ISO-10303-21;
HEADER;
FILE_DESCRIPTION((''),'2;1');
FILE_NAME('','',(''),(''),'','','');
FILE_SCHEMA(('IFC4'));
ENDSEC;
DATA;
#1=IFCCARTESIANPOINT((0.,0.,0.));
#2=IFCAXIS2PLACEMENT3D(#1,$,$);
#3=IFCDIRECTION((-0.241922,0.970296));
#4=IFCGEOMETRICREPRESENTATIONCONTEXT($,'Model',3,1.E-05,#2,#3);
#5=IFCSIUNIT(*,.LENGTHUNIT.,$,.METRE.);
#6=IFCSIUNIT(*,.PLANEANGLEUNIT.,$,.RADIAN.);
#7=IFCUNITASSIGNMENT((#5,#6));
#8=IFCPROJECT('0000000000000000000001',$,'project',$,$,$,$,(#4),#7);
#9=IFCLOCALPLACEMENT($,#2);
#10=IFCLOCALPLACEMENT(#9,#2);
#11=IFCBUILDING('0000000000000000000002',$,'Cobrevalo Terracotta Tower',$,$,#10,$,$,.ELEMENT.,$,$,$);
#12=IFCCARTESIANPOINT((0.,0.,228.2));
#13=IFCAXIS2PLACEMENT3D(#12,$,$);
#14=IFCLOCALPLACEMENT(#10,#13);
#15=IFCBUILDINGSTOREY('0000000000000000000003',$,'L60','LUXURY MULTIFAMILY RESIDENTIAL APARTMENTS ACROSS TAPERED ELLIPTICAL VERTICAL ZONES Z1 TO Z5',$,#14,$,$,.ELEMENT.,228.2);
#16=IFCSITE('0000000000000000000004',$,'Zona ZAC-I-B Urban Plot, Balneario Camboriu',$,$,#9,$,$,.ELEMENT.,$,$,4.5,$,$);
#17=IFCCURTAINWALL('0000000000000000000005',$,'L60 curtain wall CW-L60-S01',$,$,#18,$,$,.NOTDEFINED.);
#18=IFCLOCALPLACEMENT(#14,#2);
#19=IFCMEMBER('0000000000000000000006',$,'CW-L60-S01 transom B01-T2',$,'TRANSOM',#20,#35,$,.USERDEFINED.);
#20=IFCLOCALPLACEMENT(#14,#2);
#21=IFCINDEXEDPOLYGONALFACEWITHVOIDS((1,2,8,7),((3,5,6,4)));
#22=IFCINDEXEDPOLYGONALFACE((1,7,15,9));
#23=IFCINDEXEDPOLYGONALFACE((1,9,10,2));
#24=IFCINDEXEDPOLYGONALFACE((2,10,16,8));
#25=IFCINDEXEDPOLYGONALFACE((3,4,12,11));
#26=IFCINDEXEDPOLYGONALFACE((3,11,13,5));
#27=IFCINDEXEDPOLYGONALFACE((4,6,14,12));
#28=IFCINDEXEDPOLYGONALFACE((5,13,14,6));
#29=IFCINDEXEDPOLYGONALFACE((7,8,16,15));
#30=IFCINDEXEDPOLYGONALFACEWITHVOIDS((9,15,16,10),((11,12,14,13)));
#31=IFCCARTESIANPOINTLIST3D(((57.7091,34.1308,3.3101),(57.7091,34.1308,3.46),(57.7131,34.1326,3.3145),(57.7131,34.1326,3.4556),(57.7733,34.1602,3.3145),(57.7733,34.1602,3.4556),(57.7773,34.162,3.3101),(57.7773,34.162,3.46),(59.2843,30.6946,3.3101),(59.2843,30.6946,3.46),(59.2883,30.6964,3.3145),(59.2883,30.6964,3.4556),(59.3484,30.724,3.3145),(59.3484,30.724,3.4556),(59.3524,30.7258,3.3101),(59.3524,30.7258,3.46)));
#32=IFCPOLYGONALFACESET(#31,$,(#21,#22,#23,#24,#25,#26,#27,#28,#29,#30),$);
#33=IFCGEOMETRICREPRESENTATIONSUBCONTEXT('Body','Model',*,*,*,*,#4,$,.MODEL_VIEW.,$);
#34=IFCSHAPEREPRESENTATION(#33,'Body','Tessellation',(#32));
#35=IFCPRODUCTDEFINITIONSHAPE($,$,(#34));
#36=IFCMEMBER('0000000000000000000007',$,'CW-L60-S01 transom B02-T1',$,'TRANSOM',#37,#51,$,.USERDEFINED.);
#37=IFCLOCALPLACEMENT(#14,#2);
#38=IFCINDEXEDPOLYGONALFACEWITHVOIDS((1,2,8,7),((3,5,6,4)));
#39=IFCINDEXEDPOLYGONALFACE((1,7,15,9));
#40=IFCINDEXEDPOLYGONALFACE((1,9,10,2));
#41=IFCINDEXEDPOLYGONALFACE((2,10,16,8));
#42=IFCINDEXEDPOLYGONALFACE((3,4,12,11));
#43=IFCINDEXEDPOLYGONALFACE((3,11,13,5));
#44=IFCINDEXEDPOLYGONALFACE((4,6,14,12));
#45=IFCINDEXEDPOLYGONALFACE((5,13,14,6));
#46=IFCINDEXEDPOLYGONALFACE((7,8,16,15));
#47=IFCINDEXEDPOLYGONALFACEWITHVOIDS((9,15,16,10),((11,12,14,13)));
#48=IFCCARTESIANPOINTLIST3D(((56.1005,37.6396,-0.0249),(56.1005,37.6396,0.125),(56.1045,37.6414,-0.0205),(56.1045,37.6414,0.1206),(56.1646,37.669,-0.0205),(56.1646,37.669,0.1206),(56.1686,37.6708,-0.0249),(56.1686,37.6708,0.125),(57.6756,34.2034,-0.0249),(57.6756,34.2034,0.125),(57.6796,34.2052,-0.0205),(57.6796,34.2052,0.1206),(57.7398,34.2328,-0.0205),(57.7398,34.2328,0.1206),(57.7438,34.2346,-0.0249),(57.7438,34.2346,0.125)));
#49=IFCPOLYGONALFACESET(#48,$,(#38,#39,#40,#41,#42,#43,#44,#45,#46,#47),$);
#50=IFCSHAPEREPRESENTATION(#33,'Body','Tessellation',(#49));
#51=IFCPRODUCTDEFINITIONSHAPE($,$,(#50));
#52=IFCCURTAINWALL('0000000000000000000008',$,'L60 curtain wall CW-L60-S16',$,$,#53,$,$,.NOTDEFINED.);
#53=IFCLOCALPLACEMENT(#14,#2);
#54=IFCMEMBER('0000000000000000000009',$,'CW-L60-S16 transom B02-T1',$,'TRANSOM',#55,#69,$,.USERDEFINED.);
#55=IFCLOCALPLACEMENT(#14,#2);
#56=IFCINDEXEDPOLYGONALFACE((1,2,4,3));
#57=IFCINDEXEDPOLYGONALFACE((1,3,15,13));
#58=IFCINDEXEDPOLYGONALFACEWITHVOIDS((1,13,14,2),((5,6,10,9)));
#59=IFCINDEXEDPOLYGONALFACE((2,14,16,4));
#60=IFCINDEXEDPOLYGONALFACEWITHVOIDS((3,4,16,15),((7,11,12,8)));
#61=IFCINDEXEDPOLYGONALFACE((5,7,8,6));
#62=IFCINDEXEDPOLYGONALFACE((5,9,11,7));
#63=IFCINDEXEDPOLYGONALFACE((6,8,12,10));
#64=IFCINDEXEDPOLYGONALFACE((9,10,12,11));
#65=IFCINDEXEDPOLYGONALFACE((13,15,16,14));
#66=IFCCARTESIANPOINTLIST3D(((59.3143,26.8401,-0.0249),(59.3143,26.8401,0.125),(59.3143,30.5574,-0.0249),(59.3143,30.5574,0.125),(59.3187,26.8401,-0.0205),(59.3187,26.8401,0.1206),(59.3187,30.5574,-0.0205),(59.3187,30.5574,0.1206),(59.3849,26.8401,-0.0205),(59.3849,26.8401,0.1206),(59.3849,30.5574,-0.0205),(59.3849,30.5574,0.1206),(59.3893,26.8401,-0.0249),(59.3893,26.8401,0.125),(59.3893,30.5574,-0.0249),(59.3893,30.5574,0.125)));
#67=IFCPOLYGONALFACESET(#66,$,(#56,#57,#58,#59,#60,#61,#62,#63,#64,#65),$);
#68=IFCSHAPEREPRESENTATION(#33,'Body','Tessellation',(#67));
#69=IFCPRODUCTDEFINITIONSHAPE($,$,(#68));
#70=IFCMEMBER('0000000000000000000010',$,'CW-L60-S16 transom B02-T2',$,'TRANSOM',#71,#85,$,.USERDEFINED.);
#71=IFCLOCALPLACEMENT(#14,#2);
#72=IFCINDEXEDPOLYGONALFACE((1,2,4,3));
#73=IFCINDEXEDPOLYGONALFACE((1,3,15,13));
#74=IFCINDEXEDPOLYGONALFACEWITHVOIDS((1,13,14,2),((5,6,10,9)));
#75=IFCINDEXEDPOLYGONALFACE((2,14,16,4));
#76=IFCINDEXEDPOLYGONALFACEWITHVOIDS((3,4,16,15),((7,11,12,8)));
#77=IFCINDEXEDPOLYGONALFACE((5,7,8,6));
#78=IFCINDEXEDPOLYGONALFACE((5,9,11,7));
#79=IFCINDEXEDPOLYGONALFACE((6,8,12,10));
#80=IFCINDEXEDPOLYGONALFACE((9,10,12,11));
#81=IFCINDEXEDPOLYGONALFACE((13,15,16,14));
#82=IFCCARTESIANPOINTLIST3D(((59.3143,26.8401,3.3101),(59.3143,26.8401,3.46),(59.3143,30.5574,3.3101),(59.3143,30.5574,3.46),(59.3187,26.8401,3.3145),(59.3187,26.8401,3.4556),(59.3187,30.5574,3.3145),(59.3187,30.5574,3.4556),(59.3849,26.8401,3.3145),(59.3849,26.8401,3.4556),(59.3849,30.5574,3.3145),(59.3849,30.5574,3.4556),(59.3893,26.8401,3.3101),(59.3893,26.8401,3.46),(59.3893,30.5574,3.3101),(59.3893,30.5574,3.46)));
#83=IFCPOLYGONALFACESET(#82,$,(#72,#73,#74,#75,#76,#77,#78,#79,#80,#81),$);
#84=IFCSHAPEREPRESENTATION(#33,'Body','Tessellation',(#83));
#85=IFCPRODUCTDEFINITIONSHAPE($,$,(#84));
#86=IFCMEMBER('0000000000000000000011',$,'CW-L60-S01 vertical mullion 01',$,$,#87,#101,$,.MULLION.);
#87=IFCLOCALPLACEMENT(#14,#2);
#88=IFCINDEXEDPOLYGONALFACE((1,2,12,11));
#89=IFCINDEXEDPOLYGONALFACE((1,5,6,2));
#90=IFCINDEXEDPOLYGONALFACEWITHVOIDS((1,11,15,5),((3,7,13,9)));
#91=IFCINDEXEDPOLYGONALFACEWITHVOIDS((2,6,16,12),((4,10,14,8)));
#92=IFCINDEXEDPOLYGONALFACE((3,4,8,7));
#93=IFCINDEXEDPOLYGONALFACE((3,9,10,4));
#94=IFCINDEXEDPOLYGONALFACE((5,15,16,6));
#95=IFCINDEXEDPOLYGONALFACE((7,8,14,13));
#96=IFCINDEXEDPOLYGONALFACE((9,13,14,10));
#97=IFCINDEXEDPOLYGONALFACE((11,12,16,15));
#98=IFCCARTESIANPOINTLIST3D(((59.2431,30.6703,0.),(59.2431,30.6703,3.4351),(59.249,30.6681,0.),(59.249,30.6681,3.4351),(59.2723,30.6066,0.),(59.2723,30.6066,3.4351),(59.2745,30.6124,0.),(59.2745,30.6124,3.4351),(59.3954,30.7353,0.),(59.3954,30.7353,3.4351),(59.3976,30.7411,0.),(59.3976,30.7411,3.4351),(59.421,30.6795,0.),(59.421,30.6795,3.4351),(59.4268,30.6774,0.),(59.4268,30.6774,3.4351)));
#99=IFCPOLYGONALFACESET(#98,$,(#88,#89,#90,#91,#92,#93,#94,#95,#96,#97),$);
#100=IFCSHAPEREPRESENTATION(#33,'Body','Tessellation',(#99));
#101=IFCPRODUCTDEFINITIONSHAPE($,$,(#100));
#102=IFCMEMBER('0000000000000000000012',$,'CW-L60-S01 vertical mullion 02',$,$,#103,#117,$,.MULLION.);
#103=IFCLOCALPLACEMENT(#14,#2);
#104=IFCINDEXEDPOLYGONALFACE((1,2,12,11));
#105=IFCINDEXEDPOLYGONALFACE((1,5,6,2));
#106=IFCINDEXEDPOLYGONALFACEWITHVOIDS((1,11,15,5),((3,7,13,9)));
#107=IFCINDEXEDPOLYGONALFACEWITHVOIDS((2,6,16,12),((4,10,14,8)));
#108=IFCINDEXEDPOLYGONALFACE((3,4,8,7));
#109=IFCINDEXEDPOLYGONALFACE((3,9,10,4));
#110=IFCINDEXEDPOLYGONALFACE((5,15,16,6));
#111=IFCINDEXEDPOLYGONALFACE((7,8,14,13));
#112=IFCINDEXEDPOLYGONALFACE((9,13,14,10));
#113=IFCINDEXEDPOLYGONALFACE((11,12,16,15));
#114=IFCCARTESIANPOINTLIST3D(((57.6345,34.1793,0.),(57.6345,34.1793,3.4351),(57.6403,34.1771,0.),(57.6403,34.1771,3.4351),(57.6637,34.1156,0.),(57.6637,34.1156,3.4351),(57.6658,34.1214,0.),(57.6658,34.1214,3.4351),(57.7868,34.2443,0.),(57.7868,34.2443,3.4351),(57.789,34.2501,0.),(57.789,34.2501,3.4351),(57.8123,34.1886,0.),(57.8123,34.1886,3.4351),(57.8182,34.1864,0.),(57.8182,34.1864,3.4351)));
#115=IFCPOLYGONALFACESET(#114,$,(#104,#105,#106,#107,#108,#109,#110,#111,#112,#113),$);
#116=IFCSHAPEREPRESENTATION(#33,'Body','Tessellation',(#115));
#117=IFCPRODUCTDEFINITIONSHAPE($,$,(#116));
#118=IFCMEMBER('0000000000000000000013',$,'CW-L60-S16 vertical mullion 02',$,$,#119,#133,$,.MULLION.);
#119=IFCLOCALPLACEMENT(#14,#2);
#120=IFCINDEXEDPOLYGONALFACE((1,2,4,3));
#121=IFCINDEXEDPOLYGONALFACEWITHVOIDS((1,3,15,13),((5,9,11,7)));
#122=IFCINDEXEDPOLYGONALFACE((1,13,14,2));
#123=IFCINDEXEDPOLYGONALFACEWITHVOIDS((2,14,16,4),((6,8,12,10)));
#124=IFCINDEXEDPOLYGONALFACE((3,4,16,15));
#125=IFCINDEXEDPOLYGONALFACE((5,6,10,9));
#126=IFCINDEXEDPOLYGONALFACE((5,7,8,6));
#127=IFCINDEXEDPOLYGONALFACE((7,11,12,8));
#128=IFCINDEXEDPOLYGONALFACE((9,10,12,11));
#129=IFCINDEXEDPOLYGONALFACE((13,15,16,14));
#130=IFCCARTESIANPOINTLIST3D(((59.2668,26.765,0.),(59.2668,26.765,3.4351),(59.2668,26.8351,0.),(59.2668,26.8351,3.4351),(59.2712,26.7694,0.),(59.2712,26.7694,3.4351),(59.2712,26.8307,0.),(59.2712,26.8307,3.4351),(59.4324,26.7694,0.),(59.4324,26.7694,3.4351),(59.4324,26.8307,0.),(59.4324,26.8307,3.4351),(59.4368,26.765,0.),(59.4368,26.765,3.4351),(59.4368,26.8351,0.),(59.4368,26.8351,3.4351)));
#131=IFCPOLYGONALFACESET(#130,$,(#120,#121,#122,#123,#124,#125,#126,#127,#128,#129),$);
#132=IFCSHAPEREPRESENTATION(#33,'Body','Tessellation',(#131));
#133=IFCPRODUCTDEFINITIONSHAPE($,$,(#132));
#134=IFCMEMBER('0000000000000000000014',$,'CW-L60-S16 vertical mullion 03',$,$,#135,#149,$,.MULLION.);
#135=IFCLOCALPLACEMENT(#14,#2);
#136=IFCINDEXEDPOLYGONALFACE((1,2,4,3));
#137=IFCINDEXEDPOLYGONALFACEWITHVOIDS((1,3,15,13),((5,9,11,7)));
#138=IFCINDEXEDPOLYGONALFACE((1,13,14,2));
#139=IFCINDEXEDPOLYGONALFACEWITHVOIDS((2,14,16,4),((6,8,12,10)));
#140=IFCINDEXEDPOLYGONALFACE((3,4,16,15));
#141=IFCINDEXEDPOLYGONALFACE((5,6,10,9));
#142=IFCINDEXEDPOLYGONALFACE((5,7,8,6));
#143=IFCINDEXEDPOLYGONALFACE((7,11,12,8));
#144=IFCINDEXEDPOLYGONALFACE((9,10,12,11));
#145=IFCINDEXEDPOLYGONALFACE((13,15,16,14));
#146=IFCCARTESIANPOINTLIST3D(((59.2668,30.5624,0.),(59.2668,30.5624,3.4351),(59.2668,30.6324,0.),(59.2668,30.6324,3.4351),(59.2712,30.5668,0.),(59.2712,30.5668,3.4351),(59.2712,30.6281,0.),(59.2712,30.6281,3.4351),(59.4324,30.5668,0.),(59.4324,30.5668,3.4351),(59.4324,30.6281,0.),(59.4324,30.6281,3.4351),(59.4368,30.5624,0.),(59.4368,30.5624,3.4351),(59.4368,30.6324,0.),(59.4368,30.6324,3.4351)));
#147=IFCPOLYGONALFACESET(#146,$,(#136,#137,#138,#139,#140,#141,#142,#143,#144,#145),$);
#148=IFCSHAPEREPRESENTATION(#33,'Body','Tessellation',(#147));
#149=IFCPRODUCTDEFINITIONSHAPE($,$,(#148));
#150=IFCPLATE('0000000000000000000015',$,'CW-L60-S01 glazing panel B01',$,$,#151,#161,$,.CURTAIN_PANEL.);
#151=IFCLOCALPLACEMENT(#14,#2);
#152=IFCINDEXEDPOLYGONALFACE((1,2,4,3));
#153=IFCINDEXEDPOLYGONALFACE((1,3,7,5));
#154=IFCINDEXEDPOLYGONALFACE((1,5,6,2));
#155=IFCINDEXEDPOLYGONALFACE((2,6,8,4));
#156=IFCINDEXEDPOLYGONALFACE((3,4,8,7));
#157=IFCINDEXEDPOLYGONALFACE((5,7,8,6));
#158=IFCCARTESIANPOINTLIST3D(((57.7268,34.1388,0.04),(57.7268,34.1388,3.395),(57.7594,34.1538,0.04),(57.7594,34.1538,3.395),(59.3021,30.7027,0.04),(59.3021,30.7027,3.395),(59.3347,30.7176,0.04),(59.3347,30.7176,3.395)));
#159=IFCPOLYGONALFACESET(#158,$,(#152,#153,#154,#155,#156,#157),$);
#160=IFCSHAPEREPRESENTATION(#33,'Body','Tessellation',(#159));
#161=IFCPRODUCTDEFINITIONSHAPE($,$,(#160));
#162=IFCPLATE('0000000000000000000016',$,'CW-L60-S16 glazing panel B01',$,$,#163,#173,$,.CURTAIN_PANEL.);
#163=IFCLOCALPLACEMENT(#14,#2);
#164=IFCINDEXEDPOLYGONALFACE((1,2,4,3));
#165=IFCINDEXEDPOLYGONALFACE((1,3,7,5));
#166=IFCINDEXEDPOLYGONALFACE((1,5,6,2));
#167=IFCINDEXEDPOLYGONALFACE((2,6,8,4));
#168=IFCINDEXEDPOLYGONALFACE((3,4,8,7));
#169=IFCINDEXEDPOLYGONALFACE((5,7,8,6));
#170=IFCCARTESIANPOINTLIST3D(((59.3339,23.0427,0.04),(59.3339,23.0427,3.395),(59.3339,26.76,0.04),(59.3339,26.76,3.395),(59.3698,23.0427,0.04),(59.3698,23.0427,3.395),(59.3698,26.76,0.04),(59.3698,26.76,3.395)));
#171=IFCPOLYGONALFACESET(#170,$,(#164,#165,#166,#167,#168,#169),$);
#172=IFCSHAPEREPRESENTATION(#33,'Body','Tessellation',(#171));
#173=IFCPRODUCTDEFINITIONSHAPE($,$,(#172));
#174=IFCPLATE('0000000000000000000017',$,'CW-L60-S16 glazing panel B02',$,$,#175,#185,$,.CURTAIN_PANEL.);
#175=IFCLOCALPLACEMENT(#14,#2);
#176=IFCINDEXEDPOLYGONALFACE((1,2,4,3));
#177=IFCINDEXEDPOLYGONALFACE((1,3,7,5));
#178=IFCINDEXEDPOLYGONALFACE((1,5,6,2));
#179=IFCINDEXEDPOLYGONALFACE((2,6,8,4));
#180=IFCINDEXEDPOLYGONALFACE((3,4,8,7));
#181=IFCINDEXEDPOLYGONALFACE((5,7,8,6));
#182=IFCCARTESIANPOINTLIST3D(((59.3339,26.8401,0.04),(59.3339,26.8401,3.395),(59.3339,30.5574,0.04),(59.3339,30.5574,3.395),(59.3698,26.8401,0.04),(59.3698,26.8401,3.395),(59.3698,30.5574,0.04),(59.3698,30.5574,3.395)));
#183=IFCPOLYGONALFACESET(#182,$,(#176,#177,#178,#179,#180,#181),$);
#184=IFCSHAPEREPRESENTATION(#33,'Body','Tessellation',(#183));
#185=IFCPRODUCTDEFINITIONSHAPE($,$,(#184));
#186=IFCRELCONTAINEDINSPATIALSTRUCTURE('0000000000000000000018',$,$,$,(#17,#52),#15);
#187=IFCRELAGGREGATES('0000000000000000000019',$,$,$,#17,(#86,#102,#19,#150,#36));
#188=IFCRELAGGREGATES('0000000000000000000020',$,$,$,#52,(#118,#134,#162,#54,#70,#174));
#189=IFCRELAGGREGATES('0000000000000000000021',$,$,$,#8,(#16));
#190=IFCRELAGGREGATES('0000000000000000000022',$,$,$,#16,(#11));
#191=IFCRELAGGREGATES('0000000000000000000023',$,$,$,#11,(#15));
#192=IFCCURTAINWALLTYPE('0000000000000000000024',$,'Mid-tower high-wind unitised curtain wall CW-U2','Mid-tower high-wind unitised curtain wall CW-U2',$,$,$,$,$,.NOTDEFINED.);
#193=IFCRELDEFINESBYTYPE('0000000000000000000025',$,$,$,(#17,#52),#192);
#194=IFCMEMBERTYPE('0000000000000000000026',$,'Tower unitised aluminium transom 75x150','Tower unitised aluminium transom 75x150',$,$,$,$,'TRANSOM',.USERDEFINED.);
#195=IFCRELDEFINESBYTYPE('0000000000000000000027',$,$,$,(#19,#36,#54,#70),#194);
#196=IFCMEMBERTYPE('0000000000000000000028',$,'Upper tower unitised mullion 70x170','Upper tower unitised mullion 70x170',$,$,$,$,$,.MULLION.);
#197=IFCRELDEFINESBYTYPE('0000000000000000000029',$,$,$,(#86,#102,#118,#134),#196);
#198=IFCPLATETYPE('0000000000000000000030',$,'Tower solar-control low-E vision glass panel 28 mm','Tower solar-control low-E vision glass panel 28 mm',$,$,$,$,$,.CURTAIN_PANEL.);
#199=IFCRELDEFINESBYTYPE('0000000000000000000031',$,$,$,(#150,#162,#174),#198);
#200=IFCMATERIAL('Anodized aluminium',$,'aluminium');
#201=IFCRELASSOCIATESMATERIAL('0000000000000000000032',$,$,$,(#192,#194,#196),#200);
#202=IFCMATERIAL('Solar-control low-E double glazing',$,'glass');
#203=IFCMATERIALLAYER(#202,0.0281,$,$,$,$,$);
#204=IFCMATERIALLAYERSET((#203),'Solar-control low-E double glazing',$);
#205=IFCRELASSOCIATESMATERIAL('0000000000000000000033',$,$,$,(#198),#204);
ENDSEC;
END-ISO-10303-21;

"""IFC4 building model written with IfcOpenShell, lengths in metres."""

from ifc_helpers import new_model, si_unit, direction, frame, origin, origin_2d, place, context, subcontext, project, spatial, rectangle, hollow_rectangle, extrude, source, transform, mapped, material, layer, layer_set, material_profile, profile_set, type_object, element, aggregate, save


model = new_model("IFC4")

# Units and contexts
model_context = context("Model", 3, precision=1e-05, world=origin(), true_north=direction((-0.241922, 0.970296)))
body_context = subcontext(model_context, "Body", "Model", "MODEL_VIEW")
ifc_project = project(units=[si_unit("LENGTHUNIT", "METRE"), si_unit("PLANEANGLEUNIT", "RADIAN")], contexts=[model_context])

# Site, building, storey
site_placement = place(None, origin())
site = spatial("IfcSite", under=ifc_project, at=site_placement, Name="Zona ZAC-I-B Urban Plot, Balneario Camboriu", CompositionType="ELEMENT", RefElevation=4.5)
building_placement = place(site_placement, origin())
building = spatial("IfcBuilding", under=site, at=building_placement, Name="Cobrevalo Terracotta Tower", CompositionType="ELEMENT")
storey_placement = place(building_placement, frame((0.0, 0.0, 228.2)))
storey = spatial("IfcBuildingStorey", under=building, at=storey_placement, Name="L60", Description="LUXURY MULTIFAMILY RESIDENTIAL APARTMENTS ACROSS TAPERED ELLIPTICAL VERTICAL ZONES Z1 TO Z5", CompositionType="ELEMENT", Elevation=228.2)

# Curtain walls, members
ifc_material_1 = material(Name="Anodized aluminium", Category="aluminium")
curtain_wall_type = type_object("IfcCurtainWallType", Name="Mid-tower high-wind unitised curtain wall CW-U2", Description="Mid-tower high-wind unitised curtain wall CW-U2", PredefinedType="NOTDEFINED", material=ifc_material_1)
curtain_wall_1_placement = place(storey_placement, origin())
curtain_wall_1 = element("IfcCurtainWall", 1, at=curtain_wall_1_placement, inside=storey, type_object=curtain_wall_type, Name="L60 curtain wall CW-L60-S01", PredefinedType="NOTDEFINED")
ifc_material_profile_1 = material_profile(ifc_material_1, hollow_rectangle(XDim=0.075, YDim=0.1499, WallThickness=0.0044, at=origin_2d()), Name="CWT 75x150")
ifc_profile_set_1 = profile_set([ifc_material_profile_1], Name="Anodized aluminium")
member_type_1 = type_object("IfcMemberType", Name="Tower unitised aluminium transom 75x150", Description="Tower unitised aluminium transom 75x150", ElementType="TRANSOM", PredefinedType="USERDEFINED", material=ifc_profile_set_1)
shared_shape_1 = source(origin(), body_context, "Body", "SweptSolid", [
    extrude(hollow_rectangle(XDim=0.075, YDim=0.1499, WallThickness=0.0044, at=origin_2d()), origin(), (0.0, 0.0, 1.0), 3.78),
])
member_1_placement = place(storey_placement, frame((59.3184, 30.7102, 3.385), z_axis=(-0.416706, 0.909041, 0.0), x_axis=(-0.909041, -0.416706, 0.0)))
member_1 = element("IfcMember", 2, at=member_1_placement, type_object=member_type_1, Name="CW-L60-S01 transom B01-T2", ObjectType="TRANSOM", PredefinedType="USERDEFINED", context=body_context, shape_type="MappedRepresentation", body=[
    mapped(shared_shape_1, transform((0.0, 0.0, 0.0), scale=1.0)),
])
member_2_placement = place(storey_placement, frame((57.7097, 34.219, 0.05), z_axis=(-0.416706, 0.909041, 0.0), x_axis=(-0.909041, -0.416706, 0.0)))
member_2 = element("IfcMember", 3, at=member_2_placement, type_object=member_type_1, Name="CW-L60-S01 transom B02-T1", ObjectType="TRANSOM", PredefinedType="USERDEFINED", context=body_context, shape_type="MappedRepresentation", body=[
    mapped(shared_shape_1, transform((0.0, 0.0, 0.0), scale=1.0)),
])
curtain_wall_2_placement = place(storey_placement, origin())
curtain_wall_2 = element("IfcCurtainWall", 4, at=curtain_wall_2_placement, inside=storey, type_object=curtain_wall_type, Name="L60 curtain wall CW-L60-S16", PredefinedType="NOTDEFINED")
shared_shape_2 = source(origin(), body_context, "Body", "SweptSolid", [
    extrude(hollow_rectangle(XDim=0.075, YDim=0.1499, WallThickness=0.0044, at=origin_2d()), origin(), (0.0, 0.0, 1.0), 3.7173),
])
member_3_placement = place(storey_placement, frame((59.3518, 26.8401, 0.05), z_axis=(0.0, 1.0, 0.0), x_axis=(-1.0, 0.0, 0.0)))
member_3 = element("IfcMember", 5, at=member_3_placement, type_object=member_type_1, Name="CW-L60-S16 transom B02-T1", ObjectType="TRANSOM", PredefinedType="USERDEFINED", context=body_context, shape_type="MappedRepresentation", body=[
    mapped(shared_shape_2, transform((0.0, 0.0, 0.0), scale=1.0)),
])
member_4_placement = place(storey_placement, frame((59.3518, 26.8401, 3.385), z_axis=(0.0, 1.0, 0.0), x_axis=(-1.0, 0.0, 0.0)))
member_4 = element("IfcMember", 6, at=member_4_placement, type_object=member_type_1, Name="CW-L60-S16 transom B02-T2", ObjectType="TRANSOM", PredefinedType="USERDEFINED", context=body_context, shape_type="MappedRepresentation", body=[
    mapped(shared_shape_2, transform((0.0, 0.0, 0.0), scale=1.0)),
])

# Members
ifc_material_profile_2 = material_profile(ifc_material_1, hollow_rectangle(XDim=0.0701, YDim=0.1699, WallThickness=0.0044, at=origin_2d()), Name="CWM 70x170")
ifc_profile_set_2 = profile_set([ifc_material_profile_2], Name="Anodized aluminium")
member_type_2 = type_object("IfcMemberType", Name="Upper tower unitised mullion 70x170", Description="Upper tower unitised mullion 70x170", PredefinedType="MULLION", material=ifc_profile_set_2)
shared_shape_3 = source(origin(), body_context, "Body", "SweptSolid", [
    extrude(hollow_rectangle(XDim=0.0701, YDim=0.1699, WallThickness=0.0044, at=origin_2d()), origin(), (0.0, 0.0, 1.0), 3.4351),
])
member_5_placement = place(storey_placement, frame((59.335, 30.6738, 0.0), z_axis=(0.0, 0.0, 1.0), x_axis=(-0.416725, 0.909033, 0.0)))
member_5 = element("IfcMember", 7, at=member_5_placement, type_object=member_type_2, Name="CW-L60-S01 vertical mullion 01", PredefinedType="MULLION", context=body_context, shape_type="MappedRepresentation", body=[
    mapped(shared_shape_3, transform((0.0, 0.0, 0.0), scale=1.0)),
])
member_6_placement = place(storey_placement, frame((57.7263, 34.1829, 0.0), z_axis=(0.0, 0.0, 1.0), x_axis=(-0.416725, 0.909033, 0.0)))
member_6 = element("IfcMember", 8, at=member_6_placement, type_object=member_type_2, Name="CW-L60-S01 vertical mullion 02", PredefinedType="MULLION", context=body_context, shape_type="MappedRepresentation", body=[
    mapped(shared_shape_3, transform((0.0, 0.0, 0.0), scale=1.0)),
])
member_7_placement = place(storey_placement, frame((59.3518, 26.8, 0.0), z_axis=(0.0, 0.0, 1.0), x_axis=(0.0, 1.0, 0.0)))
member_7 = element("IfcMember", 9, at=member_7_placement, type_object=member_type_2, Name="CW-L60-S16 vertical mullion 02", PredefinedType="MULLION", context=body_context, shape_type="MappedRepresentation", body=[
    mapped(shared_shape_3, transform((0.0, 0.0, 0.0), scale=1.0)),
])
member_8_placement = place(storey_placement, frame((59.3518, 30.5974, 0.0), z_axis=(0.0, 0.0, 1.0), x_axis=(0.0, 1.0, 0.0)))
member_8 = element("IfcMember", 10, at=member_8_placement, type_object=member_type_2, Name="CW-L60-S16 vertical mullion 03", PredefinedType="MULLION", context=body_context, shape_type="MappedRepresentation", body=[
    mapped(shared_shape_3, transform((0.0, 0.0, 0.0), scale=1.0)),
])

# Plates
ifc_material_2 = material(Name="Solar-control low-E double glazing", Category="glass")
ifc_layer_1 = layer(ifc_material_2, 0.0281)
ifc_layer_set_1 = layer_set([ifc_layer_1], Name="Solar-control low-E double glazing")
plate_type = type_object("IfcPlateType", Name="Tower solar-control low-E vision glass panel 28 mm", Description="Tower solar-control low-E vision glass panel 28 mm", PredefinedType="CURTAIN_PANEL", material=ifc_layer_set_1)
shared_shape_4 = source(origin(), body_context, "Body", "SweptSolid", [
    extrude(rectangle(XDim=3.78, YDim=0.0359, at=origin_2d()), origin(), (0.0, 0.0, 1.0), 3.355),
])
plate_1_placement = place(storey_placement, frame((58.5308, 32.4282, 0.04), z_axis=(0.0, 0.0, 1.0), x_axis=(-0.416731, 0.90903, 0.0)))
plate_1 = element("IfcPlate", 11, at=plate_1_placement, type_object=plate_type, Name="CW-L60-S01 glazing panel B01", PredefinedType="CURTAIN_PANEL", context=body_context, shape_type="MappedRepresentation", body=[
    mapped(shared_shape_4, transform((0.0, 0.0, 0.0), scale=1.0)),
])
aggregate(curtain_wall_1, [member_5, member_6, member_1, plate_1, member_2])
shared_shape_5 = source(origin(), body_context, "Body", "SweptSolid", [
    extrude(rectangle(XDim=3.7173, YDim=0.0359, at=origin_2d()), origin(), (0.0, 0.0, 1.0), 3.355),
])
plate_2_placement = place(storey_placement, frame((59.3518, 24.9014, 0.04), z_axis=(0.0, 0.0, 1.0), x_axis=(0.0, 1.0, 0.0)))
plate_2 = element("IfcPlate", 12, at=plate_2_placement, type_object=plate_type, Name="CW-L60-S16 glazing panel B01", PredefinedType="CURTAIN_PANEL", context=body_context, shape_type="MappedRepresentation", body=[
    mapped(shared_shape_5, transform((0.0, 0.0, 0.0), scale=1.0)),
])
plate_3_placement = place(storey_placement, frame((59.3518, 28.6987, 0.04), z_axis=(0.0, 0.0, 1.0), x_axis=(0.0, 1.0, 0.0)))
plate_3 = element("IfcPlate", 13, at=plate_3_placement, type_object=plate_type, Name="CW-L60-S16 glazing panel B02", PredefinedType="CURTAIN_PANEL", context=body_context, shape_type="MappedRepresentation", body=[
    mapped(shared_shape_5, transform((0.0, 0.0, 0.0), scale=1.0)),
])
aggregate(curtain_wall_2, [member_7, member_8, plate_2, member_3, member_4, plate_3])

save(model, "model.ifc")
